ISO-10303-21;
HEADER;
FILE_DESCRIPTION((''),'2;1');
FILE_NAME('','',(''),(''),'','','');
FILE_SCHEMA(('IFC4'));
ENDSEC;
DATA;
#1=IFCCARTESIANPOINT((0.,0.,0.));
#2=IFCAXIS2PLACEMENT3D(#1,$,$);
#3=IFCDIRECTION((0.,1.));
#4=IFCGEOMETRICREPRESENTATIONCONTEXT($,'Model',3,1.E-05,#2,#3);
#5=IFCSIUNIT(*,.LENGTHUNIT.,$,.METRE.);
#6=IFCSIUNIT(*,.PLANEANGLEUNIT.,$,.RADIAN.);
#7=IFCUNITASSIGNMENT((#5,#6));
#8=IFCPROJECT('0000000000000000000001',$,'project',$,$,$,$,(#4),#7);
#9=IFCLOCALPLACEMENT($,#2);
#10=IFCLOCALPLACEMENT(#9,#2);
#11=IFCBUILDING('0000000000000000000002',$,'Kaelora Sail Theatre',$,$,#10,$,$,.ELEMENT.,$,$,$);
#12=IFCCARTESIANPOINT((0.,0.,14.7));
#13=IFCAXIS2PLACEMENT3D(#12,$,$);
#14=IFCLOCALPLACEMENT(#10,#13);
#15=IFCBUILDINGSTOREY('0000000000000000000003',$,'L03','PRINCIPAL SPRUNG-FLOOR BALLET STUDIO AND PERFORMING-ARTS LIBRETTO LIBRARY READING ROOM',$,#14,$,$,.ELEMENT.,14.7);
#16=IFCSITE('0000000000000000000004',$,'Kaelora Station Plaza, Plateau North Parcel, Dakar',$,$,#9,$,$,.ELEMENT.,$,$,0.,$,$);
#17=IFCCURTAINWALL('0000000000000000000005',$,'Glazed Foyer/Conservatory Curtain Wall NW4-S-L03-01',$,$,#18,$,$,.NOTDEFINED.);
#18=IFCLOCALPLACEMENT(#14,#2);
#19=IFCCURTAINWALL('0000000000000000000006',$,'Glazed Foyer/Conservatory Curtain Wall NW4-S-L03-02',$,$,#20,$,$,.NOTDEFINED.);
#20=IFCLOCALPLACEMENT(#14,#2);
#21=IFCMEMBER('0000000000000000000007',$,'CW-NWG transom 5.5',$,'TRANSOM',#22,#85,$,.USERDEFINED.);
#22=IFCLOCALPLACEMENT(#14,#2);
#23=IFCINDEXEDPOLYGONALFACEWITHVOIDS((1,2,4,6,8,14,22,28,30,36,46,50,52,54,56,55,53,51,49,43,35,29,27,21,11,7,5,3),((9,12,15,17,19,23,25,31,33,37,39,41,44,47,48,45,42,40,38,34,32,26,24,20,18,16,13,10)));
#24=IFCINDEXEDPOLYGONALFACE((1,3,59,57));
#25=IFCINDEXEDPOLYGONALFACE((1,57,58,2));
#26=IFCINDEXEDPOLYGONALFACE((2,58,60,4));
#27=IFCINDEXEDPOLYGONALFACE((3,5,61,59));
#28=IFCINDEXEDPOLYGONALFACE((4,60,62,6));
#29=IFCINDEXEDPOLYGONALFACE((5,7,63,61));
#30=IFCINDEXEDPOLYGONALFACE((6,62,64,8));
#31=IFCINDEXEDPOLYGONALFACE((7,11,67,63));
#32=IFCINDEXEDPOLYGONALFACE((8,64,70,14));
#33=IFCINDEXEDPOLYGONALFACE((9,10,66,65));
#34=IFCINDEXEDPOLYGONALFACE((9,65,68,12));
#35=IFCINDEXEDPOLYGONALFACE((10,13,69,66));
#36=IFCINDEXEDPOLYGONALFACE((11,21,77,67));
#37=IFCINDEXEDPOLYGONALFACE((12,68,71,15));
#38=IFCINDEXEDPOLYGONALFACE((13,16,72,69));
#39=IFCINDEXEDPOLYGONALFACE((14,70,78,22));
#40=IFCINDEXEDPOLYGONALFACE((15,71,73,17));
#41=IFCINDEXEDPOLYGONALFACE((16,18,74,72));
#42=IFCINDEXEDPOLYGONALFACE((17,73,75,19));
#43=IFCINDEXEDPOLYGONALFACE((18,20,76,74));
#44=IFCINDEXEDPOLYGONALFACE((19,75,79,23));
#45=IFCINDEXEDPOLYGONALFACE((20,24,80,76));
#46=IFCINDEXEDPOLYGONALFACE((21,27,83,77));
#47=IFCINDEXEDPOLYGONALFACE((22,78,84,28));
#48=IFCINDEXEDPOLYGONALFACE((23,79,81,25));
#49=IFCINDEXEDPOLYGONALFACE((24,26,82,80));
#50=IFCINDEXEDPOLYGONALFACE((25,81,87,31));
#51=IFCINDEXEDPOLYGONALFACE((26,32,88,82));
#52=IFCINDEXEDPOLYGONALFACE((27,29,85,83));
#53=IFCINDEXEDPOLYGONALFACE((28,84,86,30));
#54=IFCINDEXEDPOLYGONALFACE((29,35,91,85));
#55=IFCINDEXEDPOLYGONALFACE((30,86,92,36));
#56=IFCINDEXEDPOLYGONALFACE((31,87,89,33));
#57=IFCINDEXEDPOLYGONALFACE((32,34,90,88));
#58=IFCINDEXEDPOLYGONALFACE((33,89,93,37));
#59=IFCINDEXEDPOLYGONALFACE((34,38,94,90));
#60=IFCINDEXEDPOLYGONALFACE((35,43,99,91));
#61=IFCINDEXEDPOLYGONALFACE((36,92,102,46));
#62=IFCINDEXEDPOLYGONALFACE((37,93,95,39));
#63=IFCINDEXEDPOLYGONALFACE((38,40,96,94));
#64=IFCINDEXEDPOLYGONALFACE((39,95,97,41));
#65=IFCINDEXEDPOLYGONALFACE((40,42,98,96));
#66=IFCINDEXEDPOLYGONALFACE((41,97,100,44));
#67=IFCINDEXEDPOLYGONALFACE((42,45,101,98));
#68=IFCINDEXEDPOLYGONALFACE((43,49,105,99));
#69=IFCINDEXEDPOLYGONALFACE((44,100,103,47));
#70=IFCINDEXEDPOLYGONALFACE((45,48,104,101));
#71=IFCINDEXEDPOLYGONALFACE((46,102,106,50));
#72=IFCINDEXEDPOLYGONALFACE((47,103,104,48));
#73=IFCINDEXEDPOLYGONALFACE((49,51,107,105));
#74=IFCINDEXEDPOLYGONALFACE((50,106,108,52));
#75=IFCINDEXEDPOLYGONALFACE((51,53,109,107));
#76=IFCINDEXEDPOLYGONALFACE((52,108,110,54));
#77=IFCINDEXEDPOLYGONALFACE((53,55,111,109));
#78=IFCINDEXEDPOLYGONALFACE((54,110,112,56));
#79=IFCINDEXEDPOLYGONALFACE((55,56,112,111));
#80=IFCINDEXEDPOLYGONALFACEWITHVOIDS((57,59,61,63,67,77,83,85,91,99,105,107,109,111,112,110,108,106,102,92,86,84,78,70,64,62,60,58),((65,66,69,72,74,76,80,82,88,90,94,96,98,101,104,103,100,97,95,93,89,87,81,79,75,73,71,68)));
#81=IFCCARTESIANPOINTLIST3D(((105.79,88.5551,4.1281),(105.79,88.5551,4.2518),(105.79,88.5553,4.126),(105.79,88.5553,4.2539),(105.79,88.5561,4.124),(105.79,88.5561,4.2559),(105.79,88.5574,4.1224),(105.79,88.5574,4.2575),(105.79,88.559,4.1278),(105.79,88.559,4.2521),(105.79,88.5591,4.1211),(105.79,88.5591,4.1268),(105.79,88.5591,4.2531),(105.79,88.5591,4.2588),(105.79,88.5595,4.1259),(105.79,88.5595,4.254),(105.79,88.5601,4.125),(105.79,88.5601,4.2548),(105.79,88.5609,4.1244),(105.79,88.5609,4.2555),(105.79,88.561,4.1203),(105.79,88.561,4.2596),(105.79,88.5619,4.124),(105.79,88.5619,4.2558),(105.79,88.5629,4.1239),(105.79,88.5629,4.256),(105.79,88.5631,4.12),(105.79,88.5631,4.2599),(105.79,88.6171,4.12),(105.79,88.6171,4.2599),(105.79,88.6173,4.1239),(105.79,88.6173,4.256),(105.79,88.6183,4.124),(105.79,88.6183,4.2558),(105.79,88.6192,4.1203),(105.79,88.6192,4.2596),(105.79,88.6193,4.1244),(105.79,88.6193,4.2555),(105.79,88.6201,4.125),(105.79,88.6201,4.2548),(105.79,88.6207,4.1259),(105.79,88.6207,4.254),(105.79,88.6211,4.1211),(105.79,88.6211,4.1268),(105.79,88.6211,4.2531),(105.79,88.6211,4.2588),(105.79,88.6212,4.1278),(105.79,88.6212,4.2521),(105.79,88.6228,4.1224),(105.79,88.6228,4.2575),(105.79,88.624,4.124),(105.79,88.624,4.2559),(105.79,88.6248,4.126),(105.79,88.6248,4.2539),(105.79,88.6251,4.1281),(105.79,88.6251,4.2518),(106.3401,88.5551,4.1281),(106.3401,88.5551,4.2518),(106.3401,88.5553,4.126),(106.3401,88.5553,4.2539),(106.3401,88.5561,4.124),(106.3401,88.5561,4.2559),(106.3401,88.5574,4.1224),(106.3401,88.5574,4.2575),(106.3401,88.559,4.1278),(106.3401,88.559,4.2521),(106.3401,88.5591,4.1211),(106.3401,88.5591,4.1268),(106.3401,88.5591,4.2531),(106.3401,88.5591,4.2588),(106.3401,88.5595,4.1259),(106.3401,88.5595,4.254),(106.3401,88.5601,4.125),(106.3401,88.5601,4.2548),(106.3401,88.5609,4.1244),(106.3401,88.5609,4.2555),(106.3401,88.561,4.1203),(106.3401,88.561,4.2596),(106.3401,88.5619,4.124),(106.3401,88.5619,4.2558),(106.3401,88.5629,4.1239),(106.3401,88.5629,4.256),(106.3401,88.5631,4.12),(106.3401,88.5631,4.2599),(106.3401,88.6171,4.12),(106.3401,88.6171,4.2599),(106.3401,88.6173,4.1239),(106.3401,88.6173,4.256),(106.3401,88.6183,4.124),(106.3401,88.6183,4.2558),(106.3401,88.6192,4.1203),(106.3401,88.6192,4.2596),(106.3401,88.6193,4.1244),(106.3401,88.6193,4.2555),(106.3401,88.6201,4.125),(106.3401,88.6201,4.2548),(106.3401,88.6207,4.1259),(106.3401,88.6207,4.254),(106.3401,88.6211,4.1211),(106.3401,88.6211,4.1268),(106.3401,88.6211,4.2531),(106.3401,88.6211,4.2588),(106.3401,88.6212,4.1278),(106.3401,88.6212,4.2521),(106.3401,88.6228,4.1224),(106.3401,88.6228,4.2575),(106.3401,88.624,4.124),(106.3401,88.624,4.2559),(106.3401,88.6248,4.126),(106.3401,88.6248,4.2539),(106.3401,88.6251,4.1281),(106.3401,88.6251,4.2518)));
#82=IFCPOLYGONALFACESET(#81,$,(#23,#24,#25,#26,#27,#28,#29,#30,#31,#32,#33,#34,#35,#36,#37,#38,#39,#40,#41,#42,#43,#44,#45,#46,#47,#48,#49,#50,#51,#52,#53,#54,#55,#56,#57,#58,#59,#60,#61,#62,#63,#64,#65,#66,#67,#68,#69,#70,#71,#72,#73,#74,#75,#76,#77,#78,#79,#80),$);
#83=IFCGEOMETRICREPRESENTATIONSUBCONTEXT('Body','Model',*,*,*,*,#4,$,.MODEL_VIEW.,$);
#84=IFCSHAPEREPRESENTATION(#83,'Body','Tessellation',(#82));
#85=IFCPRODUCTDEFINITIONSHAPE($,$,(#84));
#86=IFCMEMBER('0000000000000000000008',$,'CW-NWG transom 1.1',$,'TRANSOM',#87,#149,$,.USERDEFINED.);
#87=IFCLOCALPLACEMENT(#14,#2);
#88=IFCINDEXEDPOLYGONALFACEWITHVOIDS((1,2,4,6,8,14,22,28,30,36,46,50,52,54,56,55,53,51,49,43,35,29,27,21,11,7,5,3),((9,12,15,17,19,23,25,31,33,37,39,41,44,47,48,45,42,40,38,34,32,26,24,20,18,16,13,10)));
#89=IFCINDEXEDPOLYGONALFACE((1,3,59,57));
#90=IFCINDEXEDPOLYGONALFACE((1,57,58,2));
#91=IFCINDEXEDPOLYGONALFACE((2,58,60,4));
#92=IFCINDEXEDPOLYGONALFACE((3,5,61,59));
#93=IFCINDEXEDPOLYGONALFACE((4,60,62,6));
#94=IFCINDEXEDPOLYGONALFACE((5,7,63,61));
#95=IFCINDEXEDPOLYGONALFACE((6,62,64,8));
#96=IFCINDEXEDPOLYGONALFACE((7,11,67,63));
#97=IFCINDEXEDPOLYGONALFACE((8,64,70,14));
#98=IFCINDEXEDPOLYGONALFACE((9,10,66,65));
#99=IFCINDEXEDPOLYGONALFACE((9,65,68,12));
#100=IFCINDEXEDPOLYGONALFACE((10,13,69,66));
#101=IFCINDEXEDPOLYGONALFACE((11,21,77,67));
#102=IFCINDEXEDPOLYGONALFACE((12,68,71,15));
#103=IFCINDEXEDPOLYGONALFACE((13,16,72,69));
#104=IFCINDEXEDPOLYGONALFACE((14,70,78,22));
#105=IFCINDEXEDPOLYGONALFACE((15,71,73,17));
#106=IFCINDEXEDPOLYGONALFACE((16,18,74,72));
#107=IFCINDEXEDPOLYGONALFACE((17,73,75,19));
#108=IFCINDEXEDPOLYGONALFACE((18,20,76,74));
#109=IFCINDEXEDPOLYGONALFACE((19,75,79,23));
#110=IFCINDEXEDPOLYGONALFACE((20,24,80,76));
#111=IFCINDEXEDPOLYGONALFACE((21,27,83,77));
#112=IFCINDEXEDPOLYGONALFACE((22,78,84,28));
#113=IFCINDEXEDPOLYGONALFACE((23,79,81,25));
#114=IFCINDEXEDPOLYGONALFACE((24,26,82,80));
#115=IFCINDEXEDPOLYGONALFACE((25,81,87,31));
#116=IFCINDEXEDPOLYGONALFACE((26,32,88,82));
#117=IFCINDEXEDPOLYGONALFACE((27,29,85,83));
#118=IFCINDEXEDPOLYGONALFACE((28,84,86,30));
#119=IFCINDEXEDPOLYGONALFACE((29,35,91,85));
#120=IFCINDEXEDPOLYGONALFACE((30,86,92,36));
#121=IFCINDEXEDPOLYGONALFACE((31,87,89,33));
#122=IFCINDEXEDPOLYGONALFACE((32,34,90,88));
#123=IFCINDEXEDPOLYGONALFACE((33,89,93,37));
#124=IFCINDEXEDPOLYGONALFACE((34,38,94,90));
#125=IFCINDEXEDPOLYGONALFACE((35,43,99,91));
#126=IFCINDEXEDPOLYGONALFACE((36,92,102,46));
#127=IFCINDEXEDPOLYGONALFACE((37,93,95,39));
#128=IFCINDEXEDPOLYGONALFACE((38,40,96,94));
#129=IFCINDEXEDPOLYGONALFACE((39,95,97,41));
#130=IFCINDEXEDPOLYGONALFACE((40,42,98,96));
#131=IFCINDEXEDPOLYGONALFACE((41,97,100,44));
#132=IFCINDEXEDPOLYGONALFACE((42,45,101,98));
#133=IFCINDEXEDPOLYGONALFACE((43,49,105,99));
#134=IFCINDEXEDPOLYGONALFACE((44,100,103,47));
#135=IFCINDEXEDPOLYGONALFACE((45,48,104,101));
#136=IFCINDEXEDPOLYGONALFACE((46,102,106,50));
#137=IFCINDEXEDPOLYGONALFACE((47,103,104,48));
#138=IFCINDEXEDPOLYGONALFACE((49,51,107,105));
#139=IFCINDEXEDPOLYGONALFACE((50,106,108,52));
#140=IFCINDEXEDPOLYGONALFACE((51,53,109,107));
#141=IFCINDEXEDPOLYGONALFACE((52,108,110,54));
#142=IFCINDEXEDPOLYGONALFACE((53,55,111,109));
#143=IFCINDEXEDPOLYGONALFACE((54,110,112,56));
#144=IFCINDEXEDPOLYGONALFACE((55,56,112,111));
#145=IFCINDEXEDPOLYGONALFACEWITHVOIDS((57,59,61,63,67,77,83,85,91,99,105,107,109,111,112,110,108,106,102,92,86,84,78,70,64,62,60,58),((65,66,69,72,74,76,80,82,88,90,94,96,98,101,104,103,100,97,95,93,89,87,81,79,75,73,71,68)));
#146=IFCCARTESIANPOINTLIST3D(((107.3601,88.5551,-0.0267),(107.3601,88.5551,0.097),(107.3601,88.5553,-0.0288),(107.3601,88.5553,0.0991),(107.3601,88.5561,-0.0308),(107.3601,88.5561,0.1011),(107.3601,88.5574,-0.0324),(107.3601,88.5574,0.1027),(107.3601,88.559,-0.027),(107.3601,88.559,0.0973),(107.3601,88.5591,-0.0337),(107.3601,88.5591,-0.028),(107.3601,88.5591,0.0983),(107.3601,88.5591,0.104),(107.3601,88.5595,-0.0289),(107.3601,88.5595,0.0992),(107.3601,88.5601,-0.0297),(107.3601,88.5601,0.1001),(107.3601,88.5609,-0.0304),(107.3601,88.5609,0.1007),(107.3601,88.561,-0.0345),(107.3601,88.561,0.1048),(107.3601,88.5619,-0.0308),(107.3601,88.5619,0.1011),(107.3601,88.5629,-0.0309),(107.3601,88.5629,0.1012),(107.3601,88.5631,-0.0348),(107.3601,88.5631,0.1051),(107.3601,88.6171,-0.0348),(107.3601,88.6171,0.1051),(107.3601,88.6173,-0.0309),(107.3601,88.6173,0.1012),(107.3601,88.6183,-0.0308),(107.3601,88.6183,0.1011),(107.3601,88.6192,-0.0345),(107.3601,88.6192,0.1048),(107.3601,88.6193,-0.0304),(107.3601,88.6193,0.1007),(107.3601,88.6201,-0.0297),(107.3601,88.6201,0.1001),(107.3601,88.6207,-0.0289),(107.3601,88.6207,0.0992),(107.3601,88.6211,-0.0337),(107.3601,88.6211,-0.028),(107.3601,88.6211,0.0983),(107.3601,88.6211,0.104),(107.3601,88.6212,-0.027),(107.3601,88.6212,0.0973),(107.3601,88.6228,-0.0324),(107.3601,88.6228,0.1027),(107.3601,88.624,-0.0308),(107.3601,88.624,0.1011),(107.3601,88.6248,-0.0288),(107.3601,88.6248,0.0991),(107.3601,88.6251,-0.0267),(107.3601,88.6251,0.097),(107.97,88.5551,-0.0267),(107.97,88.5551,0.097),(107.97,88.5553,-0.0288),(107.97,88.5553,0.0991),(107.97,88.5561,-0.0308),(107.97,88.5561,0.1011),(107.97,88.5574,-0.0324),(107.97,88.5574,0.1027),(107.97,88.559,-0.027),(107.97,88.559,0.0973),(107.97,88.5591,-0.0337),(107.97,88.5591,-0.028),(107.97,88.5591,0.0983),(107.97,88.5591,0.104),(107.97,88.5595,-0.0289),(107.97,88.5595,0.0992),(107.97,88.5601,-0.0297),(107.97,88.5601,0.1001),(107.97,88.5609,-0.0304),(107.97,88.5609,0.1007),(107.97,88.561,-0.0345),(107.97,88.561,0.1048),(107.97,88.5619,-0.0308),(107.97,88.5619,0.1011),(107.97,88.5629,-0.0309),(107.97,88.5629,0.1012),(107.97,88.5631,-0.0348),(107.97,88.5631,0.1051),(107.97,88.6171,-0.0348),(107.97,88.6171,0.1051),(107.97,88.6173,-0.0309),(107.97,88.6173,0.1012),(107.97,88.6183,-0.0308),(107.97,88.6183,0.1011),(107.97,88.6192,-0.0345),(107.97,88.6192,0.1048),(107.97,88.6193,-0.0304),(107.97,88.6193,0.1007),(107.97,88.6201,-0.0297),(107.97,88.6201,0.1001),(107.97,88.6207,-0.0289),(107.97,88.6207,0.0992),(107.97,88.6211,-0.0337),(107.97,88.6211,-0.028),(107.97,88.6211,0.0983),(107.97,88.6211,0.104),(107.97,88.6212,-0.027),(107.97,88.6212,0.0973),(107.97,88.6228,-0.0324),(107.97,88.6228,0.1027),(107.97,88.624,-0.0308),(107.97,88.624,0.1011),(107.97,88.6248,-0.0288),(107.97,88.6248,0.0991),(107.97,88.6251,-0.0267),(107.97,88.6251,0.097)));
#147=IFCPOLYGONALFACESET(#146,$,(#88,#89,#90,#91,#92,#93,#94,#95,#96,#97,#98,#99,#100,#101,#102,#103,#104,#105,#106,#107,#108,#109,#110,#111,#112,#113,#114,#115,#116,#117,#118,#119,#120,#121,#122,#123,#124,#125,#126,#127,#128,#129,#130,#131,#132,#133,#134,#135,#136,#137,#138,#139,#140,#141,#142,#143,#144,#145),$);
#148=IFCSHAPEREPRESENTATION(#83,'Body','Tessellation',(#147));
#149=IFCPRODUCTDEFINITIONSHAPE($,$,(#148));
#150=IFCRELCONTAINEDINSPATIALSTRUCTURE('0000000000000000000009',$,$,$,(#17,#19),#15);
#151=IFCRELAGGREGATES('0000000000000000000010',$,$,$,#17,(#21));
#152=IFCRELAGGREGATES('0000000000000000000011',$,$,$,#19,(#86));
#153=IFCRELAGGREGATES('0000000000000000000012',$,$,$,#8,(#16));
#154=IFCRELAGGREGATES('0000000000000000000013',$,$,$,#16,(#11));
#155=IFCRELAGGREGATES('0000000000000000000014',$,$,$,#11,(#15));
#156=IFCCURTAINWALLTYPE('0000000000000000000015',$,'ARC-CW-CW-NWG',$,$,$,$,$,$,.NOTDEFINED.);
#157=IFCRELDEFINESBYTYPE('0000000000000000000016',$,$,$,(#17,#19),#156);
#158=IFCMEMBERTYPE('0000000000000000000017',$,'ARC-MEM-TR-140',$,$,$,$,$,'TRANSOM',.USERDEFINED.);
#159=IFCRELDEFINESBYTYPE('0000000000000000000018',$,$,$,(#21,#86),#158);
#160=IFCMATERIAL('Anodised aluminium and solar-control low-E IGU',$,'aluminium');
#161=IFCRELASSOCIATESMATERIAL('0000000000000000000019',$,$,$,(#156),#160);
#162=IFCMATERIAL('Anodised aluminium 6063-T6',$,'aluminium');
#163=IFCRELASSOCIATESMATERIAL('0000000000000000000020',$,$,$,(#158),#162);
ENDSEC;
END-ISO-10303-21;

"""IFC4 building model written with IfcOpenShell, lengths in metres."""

from ifc_helpers import new_model, si_unit, direction, frame, origin, origin_2d, place, context, subcontext, project, spatial, hollow_rectangle, extrude, material, material_profile, profile_set, type_object, element, aggregate, save


model = new_model("IFC4")

# Units and contexts
model_context = context("Model", 3, precision=1e-05, world=origin(), true_north=direction((0.0, 1.0)))
body_context = subcontext(model_context, "Body", "Model", "MODEL_VIEW")
ifc_project = project(units=[si_unit("LENGTHUNIT", "METRE"), si_unit("PLANEANGLEUNIT", "RADIAN")], contexts=[model_context])

# Site, building, storey
site_placement = place(None, origin())
site = spatial("IfcSite", under=ifc_project, at=site_placement, Name="Kaelora Station Plaza, Plateau North Parcel, Dakar", CompositionType="ELEMENT", RefElevation=0.0)
building_placement = place(site_placement, origin())
building = spatial("IfcBuilding", under=site, at=building_placement, Name="Kaelora Sail Theatre", CompositionType="ELEMENT")
storey_placement = place(building_placement, frame((0.0, 0.0, 14.7)))
storey = spatial("IfcBuildingStorey", under=building, at=storey_placement, Name="L03", Description="PRINCIPAL SPRUNG-FLOOR BALLET STUDIO AND PERFORMING-ARTS LIBRETTO LIBRARY READING ROOM", CompositionType="ELEMENT", Elevation=14.7)

# Curtain walls
ifc_material_1 = material(Name="Anodised aluminium and solar-control low-E IGU", Category="aluminium")
curtain_wall_type = type_object("IfcCurtainWallType", Name="ARC-CW-CW-NWG", PredefinedType="NOTDEFINED", material=ifc_material_1)
curtain_wall_1_placement = place(storey_placement, origin())
curtain_wall_1 = element("IfcCurtainWall", 1, at=curtain_wall_1_placement, inside=storey, type_object=curtain_wall_type, Name="Glazed Foyer/Conservatory Curtain Wall NW4-S-L03-01", PredefinedType="NOTDEFINED")
curtain_wall_2_placement = place(storey_placement, origin())
curtain_wall_2 = element("IfcCurtainWall", 2, at=curtain_wall_2_placement, inside=storey, type_object=curtain_wall_type, Name="Glazed Foyer/Conservatory Curtain Wall NW4-S-L03-02", PredefinedType="NOTDEFINED")

# Members
ifc_material_2 = material(Name="Anodised aluminium 6063-T6", Category="aluminium")
ifc_material_profile_1 = material_profile(ifc_material_2, hollow_rectangle(XDim=0.0701, YDim=0.1399, WallThickness=0.0039, InnerFilletRadius=0.0039, OuterFilletRadius=0.0081, at=origin_2d()), Name="ALU-TRAN 70x140x4")
ifc_profile_set_1 = profile_set([ifc_material_profile_1], Name="Anodised aluminium 6063-T6")
member_type_1 = type_object("IfcMemberType", Name="ARC-MEM-TR-140", ElementType="TRANSOM", PredefinedType="USERDEFINED", material=ifc_profile_set_1)
member_1_placement = place(storey_placement, frame((105.79, 88.5901, 4.1899), z_axis=(1.0, 0.0, 0.0), x_axis=(0.0, 1.0, 0.0)))
member_1 = element("IfcMember", 3, at=member_1_placement, type_object=member_type_1, Name="CW-NWG transom 5.5", ObjectType="TRANSOM", PredefinedType="USERDEFINED", context=body_context, shape_type="SweptSolid", body=[
    extrude(hollow_rectangle(XDim=0.0701, YDim=0.1399, WallThickness=0.0039, InnerFilletRadius=0.0039, OuterFilletRadius=0.0081, at=origin_2d()), origin(), (0.0, 0.0, 1.0), 0.55),
])
member_2_placement = place(storey_placement, frame((107.3601, 88.5901, 0.0352), z_axis=(1.0, 0.0, 0.0), x_axis=(0.0, 1.0, 0.0)))
member_2 = element("IfcMember", 4, at=member_2_placement, type_object=member_type_1, Name="CW-NWG transom 1.1", ObjectType="TRANSOM", PredefinedType="USERDEFINED", context=body_context, shape_type="SweptSolid", body=[
    extrude(hollow_rectangle(XDim=0.0701, YDim=0.1399, WallThickness=0.0039, InnerFilletRadius=0.0039, OuterFilletRadius=0.0081, at=origin_2d()), origin(), (0.0, 0.0, 1.0), 0.6099),
])

aggregate(curtain_wall_1, [member_1])
aggregate(curtain_wall_2, [member_2])

save(model, "model.ifc")
